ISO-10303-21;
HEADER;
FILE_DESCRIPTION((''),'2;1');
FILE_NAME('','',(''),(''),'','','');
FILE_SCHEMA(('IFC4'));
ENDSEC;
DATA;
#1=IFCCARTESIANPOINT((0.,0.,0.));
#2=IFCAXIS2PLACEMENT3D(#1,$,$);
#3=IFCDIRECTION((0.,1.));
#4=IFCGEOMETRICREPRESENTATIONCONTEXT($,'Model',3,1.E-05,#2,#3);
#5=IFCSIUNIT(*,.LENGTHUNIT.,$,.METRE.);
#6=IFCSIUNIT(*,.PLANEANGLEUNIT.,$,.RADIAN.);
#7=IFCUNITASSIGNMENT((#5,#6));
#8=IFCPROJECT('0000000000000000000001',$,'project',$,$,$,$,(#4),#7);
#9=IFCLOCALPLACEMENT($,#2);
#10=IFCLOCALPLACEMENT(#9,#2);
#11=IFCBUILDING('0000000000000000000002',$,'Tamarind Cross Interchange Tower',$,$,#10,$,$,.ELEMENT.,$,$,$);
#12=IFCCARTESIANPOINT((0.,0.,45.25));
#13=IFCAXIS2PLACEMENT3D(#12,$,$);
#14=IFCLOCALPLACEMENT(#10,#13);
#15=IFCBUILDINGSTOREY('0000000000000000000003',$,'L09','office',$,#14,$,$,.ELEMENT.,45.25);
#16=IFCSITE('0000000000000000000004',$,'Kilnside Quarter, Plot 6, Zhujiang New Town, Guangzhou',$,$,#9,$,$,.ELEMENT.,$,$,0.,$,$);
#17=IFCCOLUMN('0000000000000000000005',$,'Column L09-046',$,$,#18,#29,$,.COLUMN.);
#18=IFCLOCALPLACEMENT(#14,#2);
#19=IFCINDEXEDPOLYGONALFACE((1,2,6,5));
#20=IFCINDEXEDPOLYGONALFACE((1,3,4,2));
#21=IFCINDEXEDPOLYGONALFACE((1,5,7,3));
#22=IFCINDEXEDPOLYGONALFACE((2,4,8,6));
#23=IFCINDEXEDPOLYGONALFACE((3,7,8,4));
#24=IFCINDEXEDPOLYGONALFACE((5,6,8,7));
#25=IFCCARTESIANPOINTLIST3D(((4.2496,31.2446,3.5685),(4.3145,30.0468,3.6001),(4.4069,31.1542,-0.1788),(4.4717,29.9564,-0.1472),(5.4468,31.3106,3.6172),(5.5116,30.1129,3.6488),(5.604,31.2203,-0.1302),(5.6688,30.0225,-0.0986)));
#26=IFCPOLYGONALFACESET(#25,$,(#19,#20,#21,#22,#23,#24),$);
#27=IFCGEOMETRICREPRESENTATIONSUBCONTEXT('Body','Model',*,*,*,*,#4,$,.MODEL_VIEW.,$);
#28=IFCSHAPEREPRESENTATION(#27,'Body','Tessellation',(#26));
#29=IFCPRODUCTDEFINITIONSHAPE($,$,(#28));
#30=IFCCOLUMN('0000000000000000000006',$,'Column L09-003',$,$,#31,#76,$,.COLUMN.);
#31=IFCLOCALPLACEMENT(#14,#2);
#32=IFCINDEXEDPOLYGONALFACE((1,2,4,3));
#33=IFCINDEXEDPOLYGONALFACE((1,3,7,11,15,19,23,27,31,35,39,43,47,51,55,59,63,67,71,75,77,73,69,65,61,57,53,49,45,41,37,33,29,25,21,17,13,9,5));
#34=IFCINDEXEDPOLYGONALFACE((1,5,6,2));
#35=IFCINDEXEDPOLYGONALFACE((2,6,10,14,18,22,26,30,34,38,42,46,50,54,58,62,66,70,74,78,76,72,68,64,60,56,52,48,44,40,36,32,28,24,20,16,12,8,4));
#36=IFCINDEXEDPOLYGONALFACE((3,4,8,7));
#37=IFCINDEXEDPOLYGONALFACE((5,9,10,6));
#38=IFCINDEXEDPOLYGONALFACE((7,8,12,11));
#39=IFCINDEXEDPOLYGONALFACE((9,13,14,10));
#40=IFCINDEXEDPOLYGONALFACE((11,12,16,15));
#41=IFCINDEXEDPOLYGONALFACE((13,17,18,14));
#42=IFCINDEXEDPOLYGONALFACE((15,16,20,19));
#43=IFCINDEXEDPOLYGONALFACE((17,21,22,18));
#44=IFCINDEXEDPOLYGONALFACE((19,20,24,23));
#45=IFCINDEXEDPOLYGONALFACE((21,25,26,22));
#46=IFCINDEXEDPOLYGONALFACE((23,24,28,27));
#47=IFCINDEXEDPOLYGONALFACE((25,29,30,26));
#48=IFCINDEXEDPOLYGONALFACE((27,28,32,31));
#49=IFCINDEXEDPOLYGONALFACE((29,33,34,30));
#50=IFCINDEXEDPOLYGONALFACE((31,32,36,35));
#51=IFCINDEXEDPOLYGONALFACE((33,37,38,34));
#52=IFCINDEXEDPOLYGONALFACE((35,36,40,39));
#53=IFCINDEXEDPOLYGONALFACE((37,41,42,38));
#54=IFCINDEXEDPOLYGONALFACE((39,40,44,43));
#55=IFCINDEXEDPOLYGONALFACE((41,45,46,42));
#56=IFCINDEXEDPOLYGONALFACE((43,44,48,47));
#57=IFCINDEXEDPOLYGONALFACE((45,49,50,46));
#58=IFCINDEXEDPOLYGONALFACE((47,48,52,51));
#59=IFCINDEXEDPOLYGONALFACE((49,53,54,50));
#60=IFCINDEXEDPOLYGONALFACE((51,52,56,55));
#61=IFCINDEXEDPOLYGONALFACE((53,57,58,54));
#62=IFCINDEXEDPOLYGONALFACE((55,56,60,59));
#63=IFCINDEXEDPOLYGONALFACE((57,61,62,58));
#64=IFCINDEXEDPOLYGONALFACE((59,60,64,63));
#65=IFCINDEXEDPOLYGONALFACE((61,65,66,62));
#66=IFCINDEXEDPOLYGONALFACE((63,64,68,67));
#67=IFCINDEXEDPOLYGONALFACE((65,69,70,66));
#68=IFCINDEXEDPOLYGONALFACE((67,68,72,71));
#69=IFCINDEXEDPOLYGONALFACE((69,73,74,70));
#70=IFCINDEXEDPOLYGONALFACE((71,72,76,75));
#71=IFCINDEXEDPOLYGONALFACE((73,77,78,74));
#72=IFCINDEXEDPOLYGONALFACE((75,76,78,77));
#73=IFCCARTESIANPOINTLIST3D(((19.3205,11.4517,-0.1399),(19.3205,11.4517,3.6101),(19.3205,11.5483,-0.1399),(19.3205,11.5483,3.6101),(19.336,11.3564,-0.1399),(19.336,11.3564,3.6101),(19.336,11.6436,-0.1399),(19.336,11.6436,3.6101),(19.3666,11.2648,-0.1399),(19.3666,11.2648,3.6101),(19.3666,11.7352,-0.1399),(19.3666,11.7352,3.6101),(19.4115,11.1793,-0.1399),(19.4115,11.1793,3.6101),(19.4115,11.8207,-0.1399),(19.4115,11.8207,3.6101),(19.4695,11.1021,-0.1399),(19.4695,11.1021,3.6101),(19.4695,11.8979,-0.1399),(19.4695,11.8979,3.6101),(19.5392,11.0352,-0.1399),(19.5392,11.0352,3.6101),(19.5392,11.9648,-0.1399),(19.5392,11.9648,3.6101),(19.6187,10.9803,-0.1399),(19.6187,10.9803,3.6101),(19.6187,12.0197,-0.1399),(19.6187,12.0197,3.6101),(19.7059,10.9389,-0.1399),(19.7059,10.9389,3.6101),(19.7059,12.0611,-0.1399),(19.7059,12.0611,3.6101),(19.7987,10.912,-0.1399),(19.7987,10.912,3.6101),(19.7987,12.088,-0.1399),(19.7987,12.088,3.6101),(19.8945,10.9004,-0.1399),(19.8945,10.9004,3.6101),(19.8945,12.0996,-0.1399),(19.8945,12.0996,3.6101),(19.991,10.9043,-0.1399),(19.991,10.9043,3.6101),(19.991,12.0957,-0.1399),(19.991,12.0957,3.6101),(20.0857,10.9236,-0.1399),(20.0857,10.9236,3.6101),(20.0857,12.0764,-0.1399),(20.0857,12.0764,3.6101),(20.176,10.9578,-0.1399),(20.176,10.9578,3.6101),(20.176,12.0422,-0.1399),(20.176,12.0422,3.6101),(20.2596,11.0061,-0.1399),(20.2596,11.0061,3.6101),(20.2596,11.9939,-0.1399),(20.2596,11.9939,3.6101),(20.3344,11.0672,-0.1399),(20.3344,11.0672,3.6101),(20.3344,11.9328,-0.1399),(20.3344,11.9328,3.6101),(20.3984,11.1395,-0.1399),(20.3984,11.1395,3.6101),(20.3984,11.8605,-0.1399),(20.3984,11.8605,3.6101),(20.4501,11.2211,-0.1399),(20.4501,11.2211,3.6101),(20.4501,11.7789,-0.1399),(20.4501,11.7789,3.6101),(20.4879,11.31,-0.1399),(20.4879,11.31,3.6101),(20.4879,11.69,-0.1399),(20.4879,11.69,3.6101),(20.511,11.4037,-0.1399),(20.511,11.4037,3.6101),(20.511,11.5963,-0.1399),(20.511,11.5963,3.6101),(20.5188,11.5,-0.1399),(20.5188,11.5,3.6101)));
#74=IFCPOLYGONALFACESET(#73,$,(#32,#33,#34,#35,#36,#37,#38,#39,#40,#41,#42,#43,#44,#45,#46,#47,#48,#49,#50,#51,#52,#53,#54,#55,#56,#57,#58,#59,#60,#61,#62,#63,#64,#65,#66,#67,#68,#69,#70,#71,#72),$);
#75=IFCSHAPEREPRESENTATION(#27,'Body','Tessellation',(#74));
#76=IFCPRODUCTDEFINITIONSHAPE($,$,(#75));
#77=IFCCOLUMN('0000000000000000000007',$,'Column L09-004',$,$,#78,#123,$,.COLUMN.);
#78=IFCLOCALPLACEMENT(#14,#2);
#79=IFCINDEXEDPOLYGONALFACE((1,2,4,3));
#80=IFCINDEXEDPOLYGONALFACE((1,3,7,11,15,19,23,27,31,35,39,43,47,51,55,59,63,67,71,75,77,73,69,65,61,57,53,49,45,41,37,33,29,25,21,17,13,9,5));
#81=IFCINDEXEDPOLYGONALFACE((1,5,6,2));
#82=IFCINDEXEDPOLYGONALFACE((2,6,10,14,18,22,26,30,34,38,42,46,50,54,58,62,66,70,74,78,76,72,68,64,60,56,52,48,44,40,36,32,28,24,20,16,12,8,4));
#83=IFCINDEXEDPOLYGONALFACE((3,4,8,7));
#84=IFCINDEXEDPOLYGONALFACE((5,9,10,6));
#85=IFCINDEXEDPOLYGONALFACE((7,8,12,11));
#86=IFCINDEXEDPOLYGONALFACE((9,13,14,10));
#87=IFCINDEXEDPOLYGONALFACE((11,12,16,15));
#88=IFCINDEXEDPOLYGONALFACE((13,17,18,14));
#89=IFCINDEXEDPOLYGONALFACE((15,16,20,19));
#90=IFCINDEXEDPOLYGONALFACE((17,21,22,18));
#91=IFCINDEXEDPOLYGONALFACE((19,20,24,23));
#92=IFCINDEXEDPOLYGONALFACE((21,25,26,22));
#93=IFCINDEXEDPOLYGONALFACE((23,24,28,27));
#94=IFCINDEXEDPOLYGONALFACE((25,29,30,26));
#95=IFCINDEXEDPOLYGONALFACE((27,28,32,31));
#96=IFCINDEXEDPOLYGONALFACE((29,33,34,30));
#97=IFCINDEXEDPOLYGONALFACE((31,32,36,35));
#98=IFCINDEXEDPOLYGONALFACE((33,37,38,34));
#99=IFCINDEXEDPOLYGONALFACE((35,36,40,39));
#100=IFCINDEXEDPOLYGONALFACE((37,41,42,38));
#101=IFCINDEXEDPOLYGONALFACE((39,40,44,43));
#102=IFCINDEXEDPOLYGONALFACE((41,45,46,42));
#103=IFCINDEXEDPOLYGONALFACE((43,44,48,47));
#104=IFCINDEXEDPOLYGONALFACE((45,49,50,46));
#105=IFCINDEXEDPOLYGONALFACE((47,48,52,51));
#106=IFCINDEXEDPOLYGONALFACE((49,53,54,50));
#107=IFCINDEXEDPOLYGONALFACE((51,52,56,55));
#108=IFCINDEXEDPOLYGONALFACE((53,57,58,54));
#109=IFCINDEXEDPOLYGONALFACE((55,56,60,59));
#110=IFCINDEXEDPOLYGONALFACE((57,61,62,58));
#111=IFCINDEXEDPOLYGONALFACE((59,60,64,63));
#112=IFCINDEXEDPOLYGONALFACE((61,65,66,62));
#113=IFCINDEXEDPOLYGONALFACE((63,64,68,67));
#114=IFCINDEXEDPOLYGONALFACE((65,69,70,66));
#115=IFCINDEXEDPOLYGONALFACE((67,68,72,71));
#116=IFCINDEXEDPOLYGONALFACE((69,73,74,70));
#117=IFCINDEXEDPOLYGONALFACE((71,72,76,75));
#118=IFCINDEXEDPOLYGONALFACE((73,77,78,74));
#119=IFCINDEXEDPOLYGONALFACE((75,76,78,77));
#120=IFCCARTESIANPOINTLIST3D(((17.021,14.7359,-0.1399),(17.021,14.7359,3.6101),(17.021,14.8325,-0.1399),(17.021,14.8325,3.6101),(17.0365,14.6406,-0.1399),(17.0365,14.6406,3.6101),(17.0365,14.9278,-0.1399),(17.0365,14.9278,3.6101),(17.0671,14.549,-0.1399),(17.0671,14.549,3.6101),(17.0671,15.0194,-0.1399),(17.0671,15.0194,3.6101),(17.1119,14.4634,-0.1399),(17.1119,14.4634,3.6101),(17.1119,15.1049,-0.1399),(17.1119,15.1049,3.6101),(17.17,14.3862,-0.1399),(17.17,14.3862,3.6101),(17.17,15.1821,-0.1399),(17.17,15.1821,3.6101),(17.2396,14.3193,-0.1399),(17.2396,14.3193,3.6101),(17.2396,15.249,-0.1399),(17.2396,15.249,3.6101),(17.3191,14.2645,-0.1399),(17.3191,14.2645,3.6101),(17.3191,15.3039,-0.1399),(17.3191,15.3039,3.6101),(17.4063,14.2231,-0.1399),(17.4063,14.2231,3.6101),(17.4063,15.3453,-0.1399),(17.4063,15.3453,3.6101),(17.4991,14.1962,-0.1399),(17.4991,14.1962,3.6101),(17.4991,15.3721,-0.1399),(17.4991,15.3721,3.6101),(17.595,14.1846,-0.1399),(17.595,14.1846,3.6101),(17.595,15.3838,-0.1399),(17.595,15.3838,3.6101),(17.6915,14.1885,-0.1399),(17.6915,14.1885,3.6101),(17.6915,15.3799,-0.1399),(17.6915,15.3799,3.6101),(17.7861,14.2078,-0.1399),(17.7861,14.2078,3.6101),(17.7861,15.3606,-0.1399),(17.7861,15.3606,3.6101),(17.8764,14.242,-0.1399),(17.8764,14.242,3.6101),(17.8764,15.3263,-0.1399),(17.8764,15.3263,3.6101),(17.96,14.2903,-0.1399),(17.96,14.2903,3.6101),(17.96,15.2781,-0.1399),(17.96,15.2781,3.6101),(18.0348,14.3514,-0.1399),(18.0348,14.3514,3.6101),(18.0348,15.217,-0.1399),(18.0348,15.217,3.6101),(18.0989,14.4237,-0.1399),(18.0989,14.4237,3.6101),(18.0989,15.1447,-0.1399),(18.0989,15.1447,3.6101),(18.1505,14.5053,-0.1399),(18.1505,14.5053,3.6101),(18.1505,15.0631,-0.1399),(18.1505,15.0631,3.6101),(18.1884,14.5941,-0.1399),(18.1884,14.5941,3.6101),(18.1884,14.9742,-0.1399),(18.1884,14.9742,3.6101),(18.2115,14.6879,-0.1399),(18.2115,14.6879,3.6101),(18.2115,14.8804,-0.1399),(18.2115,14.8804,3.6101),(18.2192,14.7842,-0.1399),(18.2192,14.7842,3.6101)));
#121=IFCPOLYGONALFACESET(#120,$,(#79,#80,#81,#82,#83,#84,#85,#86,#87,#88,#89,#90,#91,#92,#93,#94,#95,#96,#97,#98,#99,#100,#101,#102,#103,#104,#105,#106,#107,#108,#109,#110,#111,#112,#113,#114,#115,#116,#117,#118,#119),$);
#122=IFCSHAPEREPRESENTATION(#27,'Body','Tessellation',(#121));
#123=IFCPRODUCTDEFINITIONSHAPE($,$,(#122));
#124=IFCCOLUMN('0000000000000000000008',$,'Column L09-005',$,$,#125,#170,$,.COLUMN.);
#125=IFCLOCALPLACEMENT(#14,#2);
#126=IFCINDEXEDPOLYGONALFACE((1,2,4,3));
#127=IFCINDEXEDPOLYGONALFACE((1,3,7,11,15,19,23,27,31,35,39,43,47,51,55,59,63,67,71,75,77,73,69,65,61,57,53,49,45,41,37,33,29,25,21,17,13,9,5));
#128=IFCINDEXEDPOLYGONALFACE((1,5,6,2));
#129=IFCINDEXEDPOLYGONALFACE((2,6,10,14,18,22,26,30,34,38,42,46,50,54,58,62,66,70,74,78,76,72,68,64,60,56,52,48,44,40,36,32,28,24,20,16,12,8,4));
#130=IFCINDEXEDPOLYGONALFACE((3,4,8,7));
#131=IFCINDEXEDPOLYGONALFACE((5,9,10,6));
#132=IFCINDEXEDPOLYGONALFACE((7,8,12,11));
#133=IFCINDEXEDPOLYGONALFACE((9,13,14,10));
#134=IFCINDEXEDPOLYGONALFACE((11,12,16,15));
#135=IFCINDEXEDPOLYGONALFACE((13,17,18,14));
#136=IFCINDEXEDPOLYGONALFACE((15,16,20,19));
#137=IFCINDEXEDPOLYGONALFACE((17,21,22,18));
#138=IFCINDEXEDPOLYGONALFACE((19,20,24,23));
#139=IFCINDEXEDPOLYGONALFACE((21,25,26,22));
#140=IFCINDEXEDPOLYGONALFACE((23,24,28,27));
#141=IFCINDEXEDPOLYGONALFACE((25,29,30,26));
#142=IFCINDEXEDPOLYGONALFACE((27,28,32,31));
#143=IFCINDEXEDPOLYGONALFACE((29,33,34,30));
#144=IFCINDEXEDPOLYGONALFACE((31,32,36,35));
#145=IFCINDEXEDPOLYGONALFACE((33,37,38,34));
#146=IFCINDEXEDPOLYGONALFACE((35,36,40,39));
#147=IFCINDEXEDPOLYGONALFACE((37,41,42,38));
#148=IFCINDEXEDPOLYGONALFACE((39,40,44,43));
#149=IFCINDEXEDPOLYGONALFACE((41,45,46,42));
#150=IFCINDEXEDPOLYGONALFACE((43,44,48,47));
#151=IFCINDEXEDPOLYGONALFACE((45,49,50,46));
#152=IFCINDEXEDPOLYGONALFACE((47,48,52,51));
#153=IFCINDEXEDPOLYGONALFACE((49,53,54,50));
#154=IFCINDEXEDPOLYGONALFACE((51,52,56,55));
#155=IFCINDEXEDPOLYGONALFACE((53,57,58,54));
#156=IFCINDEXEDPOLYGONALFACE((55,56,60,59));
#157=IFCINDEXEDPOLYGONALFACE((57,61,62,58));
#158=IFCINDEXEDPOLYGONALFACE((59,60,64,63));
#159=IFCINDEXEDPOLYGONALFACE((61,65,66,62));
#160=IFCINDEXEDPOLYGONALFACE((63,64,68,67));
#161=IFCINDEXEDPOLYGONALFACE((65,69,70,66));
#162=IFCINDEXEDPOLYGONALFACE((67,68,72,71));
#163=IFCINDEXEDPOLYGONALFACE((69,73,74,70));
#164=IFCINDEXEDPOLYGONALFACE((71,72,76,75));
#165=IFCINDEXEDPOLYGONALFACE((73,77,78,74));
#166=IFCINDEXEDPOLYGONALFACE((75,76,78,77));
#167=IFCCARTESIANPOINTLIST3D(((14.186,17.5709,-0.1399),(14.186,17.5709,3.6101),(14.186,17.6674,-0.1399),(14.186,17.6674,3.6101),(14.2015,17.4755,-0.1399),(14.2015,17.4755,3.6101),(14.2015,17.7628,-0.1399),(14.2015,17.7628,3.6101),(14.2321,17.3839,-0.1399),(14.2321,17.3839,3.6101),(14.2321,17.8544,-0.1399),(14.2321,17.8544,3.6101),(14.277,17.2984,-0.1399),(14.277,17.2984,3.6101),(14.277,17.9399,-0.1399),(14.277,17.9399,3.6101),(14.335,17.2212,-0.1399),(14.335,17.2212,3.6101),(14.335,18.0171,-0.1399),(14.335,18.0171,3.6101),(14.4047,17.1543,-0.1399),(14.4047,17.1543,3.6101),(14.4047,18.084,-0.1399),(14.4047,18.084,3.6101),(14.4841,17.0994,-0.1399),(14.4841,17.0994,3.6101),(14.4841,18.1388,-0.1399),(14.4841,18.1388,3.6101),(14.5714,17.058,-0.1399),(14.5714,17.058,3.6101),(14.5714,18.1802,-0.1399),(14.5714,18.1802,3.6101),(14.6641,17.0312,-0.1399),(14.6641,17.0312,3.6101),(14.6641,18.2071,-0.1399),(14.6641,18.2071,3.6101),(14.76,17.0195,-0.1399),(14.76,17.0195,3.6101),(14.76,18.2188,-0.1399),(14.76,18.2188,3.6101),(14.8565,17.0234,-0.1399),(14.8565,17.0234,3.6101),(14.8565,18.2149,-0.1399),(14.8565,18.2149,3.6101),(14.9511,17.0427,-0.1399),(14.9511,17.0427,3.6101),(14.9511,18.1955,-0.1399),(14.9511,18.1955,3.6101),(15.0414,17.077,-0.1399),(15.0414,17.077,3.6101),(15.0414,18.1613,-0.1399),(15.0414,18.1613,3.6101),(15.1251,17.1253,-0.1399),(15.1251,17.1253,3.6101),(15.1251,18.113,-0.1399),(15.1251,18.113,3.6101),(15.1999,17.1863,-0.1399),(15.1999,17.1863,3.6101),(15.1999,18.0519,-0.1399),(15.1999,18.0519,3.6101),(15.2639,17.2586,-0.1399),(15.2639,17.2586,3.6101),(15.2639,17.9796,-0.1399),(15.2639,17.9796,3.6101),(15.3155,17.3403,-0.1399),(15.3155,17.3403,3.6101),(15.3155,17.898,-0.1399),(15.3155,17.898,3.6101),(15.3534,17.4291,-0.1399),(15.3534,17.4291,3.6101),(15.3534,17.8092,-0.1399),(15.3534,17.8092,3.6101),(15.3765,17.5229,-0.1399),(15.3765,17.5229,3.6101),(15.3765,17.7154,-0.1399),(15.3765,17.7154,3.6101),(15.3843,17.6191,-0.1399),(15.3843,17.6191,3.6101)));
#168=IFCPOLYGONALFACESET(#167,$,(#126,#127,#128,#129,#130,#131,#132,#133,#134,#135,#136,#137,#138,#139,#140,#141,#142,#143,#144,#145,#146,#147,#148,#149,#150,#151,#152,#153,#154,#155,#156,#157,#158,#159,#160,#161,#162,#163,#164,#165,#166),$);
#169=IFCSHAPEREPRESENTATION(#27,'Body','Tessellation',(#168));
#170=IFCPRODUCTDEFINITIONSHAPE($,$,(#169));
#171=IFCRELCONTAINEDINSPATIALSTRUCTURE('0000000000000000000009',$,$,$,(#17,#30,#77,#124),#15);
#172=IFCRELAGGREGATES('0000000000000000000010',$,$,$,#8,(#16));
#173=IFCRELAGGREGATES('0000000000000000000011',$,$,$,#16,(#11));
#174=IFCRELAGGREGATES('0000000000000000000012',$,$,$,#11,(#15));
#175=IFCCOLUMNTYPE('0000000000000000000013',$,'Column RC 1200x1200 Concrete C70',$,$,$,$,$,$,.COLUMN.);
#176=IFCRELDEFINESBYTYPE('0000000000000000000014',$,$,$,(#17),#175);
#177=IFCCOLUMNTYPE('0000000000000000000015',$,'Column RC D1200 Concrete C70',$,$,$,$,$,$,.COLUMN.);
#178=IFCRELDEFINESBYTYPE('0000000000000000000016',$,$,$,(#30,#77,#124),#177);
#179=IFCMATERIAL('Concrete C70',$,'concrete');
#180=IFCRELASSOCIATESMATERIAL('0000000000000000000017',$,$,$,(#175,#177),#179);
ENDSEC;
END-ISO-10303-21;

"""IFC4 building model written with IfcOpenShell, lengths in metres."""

from ifc_helpers import new_model, si_unit, direction, frame, origin, origin_2d, place, context, subcontext, project, spatial, rectangle, circle, extrude, material, material_profile, profile_set, type_object, element, save


model = new_model("IFC4")

# Units and contexts
model_context = context("Model", 3, precision=1e-05, world=origin(), true_north=direction((0.0, 1.0)))
body_context = subcontext(model_context, "Body", "Model", "MODEL_VIEW")
ifc_project = project(units=[si_unit("LENGTHUNIT", "METRE"), si_unit("PLANEANGLEUNIT", "RADIAN")], contexts=[model_context])

# Site, building, storey
site_placement = place(None, origin())
site = spatial("IfcSite", under=ifc_project, at=site_placement, Name="Kilnside Quarter, Plot 6, Zhujiang New Town, Guangzhou", CompositionType="ELEMENT", RefElevation=0.0)
building_placement = place(site_placement, origin())
building = spatial("IfcBuilding", under=site, at=building_placement, Name="Tamarind Cross Interchange Tower", CompositionType="ELEMENT")
storey_placement = place(building_placement, frame((0.0, 0.0, 45.25)))
storey = spatial("IfcBuildingStorey", under=building, at=storey_placement, Name="L09", Description="office", CompositionType="ELEMENT", Elevation=45.25)

# Columns
ifc_material_1 = material(Name="Concrete C70", Category="concrete")
ifc_material_profile_1 = material_profile(ifc_material_1, rectangle(XDim=1.2, YDim=1.2, at=origin_2d()), Name="RC 1200x1200")
ifc_profile_set_1 = profile_set([ifc_material_profile_1], Name="Concrete C70")
column_type_1 = type_object("IfcColumnType", Name="Column RC 1200x1200 Concrete C70", PredefinedType="COLUMN", material=ifc_profile_set_1)
column_placement = place(storey_placement, frame((5.0378, 30.5884, -0.1387), z_axis=(-0.041908, 0.024078, 0.998831), x_axis=(0.054036, -0.998192, 0.026329)))
element("IfcColumn", 1, at=column_placement, inside=storey, type_object=column_type_1, Name="Column L09-046", PredefinedType="COLUMN", context=body_context, shape_type="SweptSolid", body=[
    extrude(rectangle(XDim=1.2, YDim=1.2, at=origin_2d()), origin(), (0.0, 0.0, 1.0), 3.7517),
])
ifc_material_profile_2 = material_profile(ifc_material_1, circle(Radius=0.6001, at=origin_2d()), Name="RC D1200")
ifc_profile_set_2 = profile_set([ifc_material_profile_2], Name="Concrete C70")
column_type_2 = type_object("IfcColumnType", Name="Column RC D1200 Concrete C70", PredefinedType="COLUMN", material=ifc_profile_set_2)
for number, where, z_axis, x_axis, name in (
    (2, (19.9187, 11.5, -0.1399), (0.0, 0.0, 1.0), (1.0, 0.0, 0.0), "Column L09-003"),
    (3, (17.6191, 14.7842, -0.1399), (0.0, 0.0, 1.0), (1.0, 0.0, 0.0), "Column L09-004"),
    (4, (14.7842, 17.6191, -0.1399), (0.0, 0.0, 1.0), (1.0, 0.0, 0.0), "Column L09-005"),
):
    element("IfcColumn", number, at=place(storey_placement, frame(where, z_axis=z_axis, x_axis=x_axis)), inside=storey, type_object=column_type_2, Name=name, PredefinedType="COLUMN", context=body_context, shape_type="SweptSolid", body=[
        extrude(circle(Radius=0.6001, at=origin_2d()), origin(), (0.0, 0.0, 1.0), 3.75),
    ])

save(model, "model.ifc")
